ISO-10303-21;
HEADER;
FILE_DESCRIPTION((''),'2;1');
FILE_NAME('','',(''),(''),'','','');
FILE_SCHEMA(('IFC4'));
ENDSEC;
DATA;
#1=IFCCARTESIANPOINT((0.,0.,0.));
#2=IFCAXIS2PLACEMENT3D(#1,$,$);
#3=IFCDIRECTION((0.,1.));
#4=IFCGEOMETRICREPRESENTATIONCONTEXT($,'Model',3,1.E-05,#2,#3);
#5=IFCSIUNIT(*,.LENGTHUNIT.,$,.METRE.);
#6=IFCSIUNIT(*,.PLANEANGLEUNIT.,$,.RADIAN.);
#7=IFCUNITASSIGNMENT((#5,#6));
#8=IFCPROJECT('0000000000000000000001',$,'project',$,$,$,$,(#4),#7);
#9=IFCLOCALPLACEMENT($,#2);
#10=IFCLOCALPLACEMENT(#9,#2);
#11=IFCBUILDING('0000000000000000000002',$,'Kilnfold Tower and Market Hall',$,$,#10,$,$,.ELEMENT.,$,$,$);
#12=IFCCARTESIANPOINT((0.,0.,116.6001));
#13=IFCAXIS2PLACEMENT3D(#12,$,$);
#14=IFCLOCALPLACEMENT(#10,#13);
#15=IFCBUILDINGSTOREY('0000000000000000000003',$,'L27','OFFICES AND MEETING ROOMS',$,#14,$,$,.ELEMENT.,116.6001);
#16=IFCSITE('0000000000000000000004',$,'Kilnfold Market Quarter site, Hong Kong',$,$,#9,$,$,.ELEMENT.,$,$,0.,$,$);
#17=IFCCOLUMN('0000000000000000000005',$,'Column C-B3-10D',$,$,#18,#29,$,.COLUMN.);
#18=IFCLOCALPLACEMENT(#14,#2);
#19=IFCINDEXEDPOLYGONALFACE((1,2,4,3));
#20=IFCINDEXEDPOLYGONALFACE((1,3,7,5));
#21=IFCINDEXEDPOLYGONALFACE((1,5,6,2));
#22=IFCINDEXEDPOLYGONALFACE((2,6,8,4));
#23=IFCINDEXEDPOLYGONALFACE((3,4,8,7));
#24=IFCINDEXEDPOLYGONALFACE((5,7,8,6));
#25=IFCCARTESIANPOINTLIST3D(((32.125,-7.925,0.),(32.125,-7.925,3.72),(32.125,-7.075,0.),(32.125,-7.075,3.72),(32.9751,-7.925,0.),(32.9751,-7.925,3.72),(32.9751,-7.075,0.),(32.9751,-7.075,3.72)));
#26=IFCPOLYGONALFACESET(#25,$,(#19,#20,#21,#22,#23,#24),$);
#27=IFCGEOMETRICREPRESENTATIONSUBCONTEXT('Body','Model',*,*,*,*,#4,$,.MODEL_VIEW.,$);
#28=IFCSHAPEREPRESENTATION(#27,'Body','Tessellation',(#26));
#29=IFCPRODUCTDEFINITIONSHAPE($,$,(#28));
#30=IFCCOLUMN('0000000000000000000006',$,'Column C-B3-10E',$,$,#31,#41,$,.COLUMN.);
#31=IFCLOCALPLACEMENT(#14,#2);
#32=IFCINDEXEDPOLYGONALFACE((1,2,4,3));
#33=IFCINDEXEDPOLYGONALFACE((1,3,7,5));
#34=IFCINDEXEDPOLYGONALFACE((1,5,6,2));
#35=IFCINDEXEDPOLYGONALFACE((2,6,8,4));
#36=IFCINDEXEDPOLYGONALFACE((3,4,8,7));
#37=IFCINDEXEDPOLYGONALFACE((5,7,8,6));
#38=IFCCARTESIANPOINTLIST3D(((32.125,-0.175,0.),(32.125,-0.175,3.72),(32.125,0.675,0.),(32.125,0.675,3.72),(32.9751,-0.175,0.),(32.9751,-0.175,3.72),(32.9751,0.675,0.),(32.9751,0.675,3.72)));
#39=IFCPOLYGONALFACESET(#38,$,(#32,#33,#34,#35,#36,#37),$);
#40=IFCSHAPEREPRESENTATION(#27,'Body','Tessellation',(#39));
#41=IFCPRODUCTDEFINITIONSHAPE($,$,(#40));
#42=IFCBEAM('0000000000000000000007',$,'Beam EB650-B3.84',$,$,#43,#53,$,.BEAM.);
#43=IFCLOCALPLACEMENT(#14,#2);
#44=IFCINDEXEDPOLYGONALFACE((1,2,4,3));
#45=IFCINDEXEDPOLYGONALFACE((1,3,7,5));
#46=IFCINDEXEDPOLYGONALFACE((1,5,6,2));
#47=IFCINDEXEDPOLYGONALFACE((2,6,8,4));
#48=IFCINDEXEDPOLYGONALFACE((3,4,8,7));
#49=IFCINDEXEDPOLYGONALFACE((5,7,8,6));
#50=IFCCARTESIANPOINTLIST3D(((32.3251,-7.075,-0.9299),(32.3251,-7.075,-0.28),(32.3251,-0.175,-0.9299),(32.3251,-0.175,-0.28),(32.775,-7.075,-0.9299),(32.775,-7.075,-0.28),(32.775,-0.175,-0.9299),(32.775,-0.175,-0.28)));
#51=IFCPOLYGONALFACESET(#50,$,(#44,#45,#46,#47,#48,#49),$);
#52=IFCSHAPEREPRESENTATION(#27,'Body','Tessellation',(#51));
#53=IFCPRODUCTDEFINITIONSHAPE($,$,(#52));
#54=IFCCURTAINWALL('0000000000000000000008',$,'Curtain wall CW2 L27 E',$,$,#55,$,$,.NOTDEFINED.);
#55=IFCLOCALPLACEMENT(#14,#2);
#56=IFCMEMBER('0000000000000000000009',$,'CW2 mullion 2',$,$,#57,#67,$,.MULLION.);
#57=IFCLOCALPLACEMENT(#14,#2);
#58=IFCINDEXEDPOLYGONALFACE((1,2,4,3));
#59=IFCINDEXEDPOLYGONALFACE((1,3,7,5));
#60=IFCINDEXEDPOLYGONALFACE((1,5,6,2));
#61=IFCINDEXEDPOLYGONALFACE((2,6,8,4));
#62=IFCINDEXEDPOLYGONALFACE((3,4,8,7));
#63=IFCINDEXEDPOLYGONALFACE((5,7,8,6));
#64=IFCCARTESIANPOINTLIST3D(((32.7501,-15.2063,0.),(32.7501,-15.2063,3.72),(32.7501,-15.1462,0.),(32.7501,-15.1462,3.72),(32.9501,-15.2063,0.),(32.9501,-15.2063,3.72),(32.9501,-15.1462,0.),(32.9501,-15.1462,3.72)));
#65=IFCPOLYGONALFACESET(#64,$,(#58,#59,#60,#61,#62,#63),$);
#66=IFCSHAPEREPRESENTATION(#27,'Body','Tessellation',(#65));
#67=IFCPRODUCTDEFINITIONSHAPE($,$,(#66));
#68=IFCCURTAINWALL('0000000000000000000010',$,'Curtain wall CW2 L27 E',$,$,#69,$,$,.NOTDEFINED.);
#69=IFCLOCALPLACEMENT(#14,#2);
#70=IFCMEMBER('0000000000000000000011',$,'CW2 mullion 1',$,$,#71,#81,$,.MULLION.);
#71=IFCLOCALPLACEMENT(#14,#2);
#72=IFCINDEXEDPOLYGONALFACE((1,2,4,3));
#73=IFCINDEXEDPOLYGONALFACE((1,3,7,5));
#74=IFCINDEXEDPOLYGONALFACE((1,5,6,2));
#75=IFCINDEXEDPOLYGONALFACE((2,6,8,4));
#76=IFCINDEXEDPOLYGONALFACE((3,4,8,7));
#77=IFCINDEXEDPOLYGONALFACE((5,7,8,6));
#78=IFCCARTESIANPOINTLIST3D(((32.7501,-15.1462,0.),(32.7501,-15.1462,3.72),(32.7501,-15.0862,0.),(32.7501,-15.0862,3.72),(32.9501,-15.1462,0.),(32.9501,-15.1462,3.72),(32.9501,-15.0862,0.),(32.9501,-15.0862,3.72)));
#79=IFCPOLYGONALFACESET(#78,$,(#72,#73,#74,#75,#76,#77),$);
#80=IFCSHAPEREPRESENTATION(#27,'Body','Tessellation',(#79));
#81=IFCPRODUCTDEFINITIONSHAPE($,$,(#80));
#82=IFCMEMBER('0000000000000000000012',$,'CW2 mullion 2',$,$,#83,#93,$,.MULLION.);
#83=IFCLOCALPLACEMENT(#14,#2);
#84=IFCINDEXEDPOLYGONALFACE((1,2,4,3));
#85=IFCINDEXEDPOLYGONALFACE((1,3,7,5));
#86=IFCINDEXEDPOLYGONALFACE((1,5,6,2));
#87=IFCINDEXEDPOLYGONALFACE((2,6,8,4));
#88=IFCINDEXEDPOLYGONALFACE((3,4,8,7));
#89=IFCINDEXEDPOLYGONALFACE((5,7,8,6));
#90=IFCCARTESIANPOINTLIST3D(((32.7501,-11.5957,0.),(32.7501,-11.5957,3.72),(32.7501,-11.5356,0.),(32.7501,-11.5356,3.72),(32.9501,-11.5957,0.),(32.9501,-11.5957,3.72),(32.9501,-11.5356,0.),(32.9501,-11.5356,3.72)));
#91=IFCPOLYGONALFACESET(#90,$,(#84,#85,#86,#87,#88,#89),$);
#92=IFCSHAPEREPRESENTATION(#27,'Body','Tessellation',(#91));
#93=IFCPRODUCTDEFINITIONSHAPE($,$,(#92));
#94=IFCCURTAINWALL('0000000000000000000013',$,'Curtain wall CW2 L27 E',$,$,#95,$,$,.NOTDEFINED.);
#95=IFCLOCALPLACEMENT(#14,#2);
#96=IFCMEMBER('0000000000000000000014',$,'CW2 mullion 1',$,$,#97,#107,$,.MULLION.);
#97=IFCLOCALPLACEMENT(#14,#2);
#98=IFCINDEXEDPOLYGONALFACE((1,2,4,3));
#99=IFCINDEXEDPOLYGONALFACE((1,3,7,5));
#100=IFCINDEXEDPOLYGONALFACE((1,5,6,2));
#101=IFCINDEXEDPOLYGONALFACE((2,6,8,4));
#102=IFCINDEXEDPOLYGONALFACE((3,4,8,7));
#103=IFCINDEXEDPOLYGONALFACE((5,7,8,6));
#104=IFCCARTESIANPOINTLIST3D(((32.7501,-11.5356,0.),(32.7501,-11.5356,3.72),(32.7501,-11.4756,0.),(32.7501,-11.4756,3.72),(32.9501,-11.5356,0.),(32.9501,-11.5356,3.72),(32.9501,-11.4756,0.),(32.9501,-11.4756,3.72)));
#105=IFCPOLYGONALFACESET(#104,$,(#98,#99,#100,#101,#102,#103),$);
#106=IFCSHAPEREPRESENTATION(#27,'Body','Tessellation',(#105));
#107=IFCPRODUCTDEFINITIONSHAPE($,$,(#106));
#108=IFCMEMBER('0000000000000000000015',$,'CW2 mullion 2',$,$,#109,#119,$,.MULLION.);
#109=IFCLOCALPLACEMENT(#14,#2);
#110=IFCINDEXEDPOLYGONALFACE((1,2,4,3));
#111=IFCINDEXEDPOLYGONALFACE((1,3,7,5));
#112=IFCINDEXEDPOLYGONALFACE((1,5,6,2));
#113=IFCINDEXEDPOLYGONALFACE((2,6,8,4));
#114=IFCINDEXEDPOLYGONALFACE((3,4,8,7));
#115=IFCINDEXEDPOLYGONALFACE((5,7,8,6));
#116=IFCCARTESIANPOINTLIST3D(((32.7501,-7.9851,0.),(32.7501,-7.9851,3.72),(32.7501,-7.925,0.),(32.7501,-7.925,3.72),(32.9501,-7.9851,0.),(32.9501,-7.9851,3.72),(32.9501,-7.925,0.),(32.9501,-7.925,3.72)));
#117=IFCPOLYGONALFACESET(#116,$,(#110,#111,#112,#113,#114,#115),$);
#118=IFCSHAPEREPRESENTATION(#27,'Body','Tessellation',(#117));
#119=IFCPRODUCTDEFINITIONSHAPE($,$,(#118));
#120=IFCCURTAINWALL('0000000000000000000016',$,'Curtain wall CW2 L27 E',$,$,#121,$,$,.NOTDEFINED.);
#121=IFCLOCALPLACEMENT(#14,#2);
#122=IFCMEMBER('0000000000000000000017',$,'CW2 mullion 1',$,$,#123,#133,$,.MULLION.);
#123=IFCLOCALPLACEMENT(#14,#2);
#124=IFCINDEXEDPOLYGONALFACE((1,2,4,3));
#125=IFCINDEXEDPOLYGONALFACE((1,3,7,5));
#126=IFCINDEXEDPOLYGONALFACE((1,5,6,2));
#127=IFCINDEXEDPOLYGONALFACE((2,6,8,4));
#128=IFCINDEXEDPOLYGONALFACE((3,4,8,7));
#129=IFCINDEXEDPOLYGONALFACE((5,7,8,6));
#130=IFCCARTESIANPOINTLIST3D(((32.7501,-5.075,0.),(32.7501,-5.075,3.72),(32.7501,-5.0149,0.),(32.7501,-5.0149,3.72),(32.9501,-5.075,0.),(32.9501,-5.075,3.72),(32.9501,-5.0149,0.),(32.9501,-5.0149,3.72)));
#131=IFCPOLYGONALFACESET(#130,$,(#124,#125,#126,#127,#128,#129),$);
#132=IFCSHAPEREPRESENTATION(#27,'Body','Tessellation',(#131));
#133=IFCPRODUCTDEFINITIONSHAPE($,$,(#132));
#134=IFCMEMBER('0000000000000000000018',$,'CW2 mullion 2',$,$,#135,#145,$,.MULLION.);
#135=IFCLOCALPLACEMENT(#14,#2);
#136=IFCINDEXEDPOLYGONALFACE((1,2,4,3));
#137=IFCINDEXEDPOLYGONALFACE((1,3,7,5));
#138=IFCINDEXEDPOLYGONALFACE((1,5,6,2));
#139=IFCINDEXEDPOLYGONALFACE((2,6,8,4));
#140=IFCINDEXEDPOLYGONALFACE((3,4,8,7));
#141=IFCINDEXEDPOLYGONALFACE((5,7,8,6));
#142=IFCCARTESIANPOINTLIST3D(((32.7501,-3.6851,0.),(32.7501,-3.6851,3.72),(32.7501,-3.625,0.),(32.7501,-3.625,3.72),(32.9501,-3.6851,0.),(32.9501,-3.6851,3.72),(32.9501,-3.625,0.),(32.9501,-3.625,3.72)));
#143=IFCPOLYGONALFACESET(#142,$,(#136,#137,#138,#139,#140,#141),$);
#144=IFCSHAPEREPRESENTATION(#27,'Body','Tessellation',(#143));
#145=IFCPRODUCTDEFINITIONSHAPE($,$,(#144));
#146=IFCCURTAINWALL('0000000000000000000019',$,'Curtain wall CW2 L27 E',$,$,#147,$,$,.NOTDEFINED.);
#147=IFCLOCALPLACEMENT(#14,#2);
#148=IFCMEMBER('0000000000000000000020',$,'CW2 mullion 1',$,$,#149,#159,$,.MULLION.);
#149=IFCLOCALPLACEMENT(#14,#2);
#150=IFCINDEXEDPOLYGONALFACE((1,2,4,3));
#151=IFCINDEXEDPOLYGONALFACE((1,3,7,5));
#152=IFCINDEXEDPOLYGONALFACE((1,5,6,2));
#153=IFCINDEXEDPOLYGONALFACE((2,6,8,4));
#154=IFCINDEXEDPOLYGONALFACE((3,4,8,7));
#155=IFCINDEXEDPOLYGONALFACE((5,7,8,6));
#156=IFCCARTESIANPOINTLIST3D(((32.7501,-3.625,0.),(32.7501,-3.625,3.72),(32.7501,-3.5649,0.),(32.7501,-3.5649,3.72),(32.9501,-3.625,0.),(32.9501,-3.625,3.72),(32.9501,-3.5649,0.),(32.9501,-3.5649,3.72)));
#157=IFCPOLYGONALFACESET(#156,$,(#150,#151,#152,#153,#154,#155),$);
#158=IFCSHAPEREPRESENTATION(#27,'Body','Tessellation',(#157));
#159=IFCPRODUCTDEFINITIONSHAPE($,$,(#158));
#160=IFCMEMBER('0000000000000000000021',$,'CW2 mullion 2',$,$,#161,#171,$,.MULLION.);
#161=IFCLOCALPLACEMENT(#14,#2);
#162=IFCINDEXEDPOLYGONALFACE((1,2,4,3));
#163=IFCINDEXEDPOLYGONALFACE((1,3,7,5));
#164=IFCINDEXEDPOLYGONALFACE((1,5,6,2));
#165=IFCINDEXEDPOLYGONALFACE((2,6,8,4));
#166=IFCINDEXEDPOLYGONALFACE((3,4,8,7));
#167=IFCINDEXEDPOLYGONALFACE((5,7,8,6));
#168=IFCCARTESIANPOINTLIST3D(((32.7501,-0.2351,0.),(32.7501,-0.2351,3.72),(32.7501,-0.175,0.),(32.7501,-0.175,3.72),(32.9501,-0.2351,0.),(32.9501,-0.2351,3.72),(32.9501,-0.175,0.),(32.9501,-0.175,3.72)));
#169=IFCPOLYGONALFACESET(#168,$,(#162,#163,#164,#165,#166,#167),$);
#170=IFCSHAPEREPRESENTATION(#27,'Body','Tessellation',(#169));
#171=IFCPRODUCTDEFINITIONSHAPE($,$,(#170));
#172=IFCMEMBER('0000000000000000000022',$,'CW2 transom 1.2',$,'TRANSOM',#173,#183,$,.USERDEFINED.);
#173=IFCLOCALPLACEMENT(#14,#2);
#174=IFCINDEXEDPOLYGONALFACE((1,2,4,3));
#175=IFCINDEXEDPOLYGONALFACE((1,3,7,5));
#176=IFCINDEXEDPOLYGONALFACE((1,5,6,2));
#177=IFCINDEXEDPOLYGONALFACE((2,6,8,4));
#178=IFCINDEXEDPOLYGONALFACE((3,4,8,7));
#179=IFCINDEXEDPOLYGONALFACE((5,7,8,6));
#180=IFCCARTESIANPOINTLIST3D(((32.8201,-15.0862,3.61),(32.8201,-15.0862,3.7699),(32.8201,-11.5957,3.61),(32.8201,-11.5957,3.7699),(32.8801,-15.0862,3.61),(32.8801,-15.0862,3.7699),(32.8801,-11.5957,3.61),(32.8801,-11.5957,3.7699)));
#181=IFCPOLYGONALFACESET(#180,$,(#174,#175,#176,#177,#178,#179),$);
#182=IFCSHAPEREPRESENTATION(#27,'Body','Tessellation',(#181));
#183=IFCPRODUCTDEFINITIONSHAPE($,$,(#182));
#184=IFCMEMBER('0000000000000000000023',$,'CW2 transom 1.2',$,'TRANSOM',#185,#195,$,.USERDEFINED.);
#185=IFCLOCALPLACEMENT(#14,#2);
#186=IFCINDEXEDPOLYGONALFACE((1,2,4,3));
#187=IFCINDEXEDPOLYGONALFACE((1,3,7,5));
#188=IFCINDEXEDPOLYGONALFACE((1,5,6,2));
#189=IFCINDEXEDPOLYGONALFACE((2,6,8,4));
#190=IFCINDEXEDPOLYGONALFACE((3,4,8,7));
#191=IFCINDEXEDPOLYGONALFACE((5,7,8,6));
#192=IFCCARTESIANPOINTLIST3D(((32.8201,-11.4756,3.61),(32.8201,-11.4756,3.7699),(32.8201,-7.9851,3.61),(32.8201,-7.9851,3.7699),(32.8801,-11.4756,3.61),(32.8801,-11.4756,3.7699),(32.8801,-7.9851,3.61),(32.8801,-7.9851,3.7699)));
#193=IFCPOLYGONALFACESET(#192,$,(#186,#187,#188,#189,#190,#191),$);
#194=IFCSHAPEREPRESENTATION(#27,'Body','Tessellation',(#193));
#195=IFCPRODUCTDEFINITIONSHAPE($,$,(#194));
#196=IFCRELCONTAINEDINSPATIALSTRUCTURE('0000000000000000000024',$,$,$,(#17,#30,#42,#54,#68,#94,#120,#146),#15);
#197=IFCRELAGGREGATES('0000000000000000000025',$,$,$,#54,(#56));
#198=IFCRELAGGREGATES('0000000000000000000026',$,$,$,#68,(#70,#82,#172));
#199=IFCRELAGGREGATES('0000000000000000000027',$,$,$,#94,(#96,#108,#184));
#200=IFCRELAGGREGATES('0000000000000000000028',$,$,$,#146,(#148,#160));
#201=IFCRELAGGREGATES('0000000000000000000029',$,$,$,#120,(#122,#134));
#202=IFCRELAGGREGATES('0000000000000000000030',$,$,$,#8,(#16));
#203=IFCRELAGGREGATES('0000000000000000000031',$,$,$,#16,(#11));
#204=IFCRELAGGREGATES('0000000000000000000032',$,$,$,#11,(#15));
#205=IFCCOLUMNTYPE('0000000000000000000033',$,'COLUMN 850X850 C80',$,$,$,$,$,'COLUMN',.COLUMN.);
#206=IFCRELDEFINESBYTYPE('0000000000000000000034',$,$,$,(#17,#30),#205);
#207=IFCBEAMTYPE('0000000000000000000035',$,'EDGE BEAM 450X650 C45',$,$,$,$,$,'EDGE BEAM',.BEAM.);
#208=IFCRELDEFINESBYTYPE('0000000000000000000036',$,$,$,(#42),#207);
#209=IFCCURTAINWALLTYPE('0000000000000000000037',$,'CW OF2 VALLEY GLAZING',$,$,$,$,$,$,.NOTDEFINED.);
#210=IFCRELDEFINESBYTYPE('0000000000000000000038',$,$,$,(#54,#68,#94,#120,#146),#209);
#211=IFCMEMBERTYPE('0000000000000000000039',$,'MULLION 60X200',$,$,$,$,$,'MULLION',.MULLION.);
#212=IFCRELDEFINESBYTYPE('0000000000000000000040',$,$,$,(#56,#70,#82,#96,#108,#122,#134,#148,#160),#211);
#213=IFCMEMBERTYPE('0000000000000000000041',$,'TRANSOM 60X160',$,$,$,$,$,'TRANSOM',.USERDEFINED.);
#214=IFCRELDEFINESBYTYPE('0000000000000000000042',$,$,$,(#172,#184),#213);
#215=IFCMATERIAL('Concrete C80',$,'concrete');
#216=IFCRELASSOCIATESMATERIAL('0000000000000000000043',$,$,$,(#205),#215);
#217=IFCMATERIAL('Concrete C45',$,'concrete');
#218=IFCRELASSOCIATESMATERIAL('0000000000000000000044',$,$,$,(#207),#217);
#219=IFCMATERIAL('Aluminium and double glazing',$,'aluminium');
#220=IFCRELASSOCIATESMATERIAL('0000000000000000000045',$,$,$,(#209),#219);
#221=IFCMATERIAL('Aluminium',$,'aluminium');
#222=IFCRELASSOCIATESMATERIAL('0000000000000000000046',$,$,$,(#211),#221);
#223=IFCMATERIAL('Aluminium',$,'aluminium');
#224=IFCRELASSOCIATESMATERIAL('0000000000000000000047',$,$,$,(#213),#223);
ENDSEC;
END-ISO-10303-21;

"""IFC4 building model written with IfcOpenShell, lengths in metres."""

from ifc_helpers import new_model, si_unit, direction, frame, origin, origin_2d, place, context, subcontext, project, spatial, rectangle, extrude, source, transform, mapped, material, material_profile, profile_set, type_object, element, aggregate, save


model = new_model("IFC4")

# Units and contexts
model_context = context("Model", 3, precision=1e-05, world=origin(), true_north=direction((0.0, 1.0)))
body_context = subcontext(model_context, "Body", "Model", "MODEL_VIEW")
ifc_project = project(units=[si_unit("LENGTHUNIT", "METRE"), si_unit("PLANEANGLEUNIT", "RADIAN")], contexts=[model_context])

# Site, building, storey
site_placement = place(None, origin())
site = spatial("IfcSite", under=ifc_project, at=site_placement, Name="Kilnfold Market Quarter site, Hong Kong", CompositionType="ELEMENT", RefElevation=0.0)
building_placement = place(site_placement, origin())
building = spatial("IfcBuilding", under=site, at=building_placement, Name="Kilnfold Tower and Market Hall", CompositionType="ELEMENT")
storey_placement = place(building_placement, frame((0.0, 0.0, 116.6001)))
storey = spatial("IfcBuildingStorey", under=building, at=storey_placement, Name="L27", Description="OFFICES AND MEETING ROOMS", CompositionType="ELEMENT", Elevation=116.6001)

# Columns
ifc_material_1 = material(Name="Concrete C80", Category="concrete")
ifc_material_profile_1 = material_profile(ifc_material_1, rectangle(XDim=0.8501, YDim=0.8501, at=origin_2d()), Name="RC 850x850")
ifc_profile_set_1 = profile_set([ifc_material_profile_1], Name="Concrete C80")
column_type = type_object("IfcColumnType", Name="COLUMN 850X850 C80", ElementType="COLUMN", PredefinedType="COLUMN", material=ifc_profile_set_1)
shared_shape_1 = source(origin(), body_context, "Body", "SweptSolid", [
    extrude(rectangle(XDim=0.8501, YDim=0.8501, at=origin_2d()), origin(), (0.0, 0.0, 1.0), 3.72),
])
for number, where, z_axis, x_axis, name in (
    (1, (32.55, -7.5, 0.0), (0.0, 0.0, 1.0), (1.0, 0.0, 0.0), "Column C-B3-10D"),
    (2, (32.55, 0.25, 0.0), (0.0, 0.0, 1.0), (1.0, 0.0, 0.0), "Column C-B3-10E"),
):
    element("IfcColumn", number, at=place(storey_placement, frame(where, z_axis=z_axis, x_axis=x_axis)), inside=storey, type_object=column_type, Name=name, PredefinedType="COLUMN", context=body_context, shape_type="MappedRepresentation", body=[
        mapped(shared_shape_1, transform((0.0, 0.0, 0.0))),
    ])

# Beam
ifc_material_2 = material(Name="Concrete C45", Category="concrete")
ifc_material_profile_2 = material_profile(ifc_material_2, rectangle(XDim=0.45, YDim=0.6499, at=origin_2d()), Name="RC 450x650")
ifc_profile_set_2 = profile_set([ifc_material_profile_2], Name="Concrete C45")
beam_type = type_object("IfcBeamType", Name="EDGE BEAM 450X650 C45", ElementType="EDGE BEAM", PredefinedType="BEAM", material=ifc_profile_set_2)
shared_shape_2 = source(origin(), body_context, "Body", "SweptSolid", [
    extrude(rectangle(XDim=0.45, YDim=0.6499, at=origin_2d()), origin(), (0.0, 0.0, 1.0), 6.8999),
])
beam_placement = place(storey_placement, frame((32.55, -7.075, -0.605), z_axis=(0.0, 1.0, 0.0), x_axis=(-1.0, 0.0, 0.0)))
element("IfcBeam", 3, at=beam_placement, inside=storey, type_object=beam_type, Name="Beam EB650-B3.84", PredefinedType="BEAM", context=body_context, shape_type="MappedRepresentation", body=[
    mapped(shared_shape_2, transform((0.0, 0.0, 0.0))),
])

# Curtain wall, member
ifc_material_3 = material(Name="Aluminium and double glazing", Category="aluminium")
curtain_wall_type = type_object("IfcCurtainWallType", Name="CW OF2 VALLEY GLAZING", PredefinedType="NOTDEFINED", material=ifc_material_3)
curtain_wall_1_placement = place(storey_placement, origin())
curtain_wall_1 = element("IfcCurtainWall", 4, at=curtain_wall_1_placement, inside=storey, type_object=curtain_wall_type, Name="Curtain wall CW2 L27 E", PredefinedType="NOTDEFINED")
ifc_material_4 = material(Name="Aluminium", Category="aluminium")
ifc_material_profile_3 = material_profile(ifc_material_4, rectangle(XDim=0.0601, YDim=0.2, at=origin_2d()), Name="MULLION 60x200")
ifc_profile_set_3 = profile_set([ifc_material_profile_3], Name="Aluminium")
member_type_1 = type_object("IfcMemberType", Name="MULLION 60X200", ElementType="MULLION", PredefinedType="MULLION", material=ifc_profile_set_3)
shared_shape_3 = source(origin(), body_context, "Body", "SweptSolid", [
    extrude(rectangle(XDim=0.0601, YDim=0.2, at=origin_2d()), origin(), (0.0, 0.0, 1.0), 3.72),
])
member_1_placement = place(storey_placement, frame((32.8501, -15.1763, 0.0), z_axis=(0.0, 0.0, 1.0), x_axis=(0.0, 1.0, 0.0)))
member_1 = element("IfcMember", 5, at=member_1_placement, type_object=member_type_1, Name="CW2 mullion 2", PredefinedType="MULLION", context=body_context, shape_type="MappedRepresentation", body=[
    mapped(shared_shape_3, transform((0.0, 0.0, 0.0))),
])
aggregate(curtain_wall_1, [member_1])

# Curtain walls, members
curtain_wall_2_placement = place(storey_placement, origin())
curtain_wall_2 = element("IfcCurtainWall", 6, at=curtain_wall_2_placement, inside=storey, type_object=curtain_wall_type, Name="Curtain wall CW2 L27 E", PredefinedType="NOTDEFINED")
member_2_placement = place(storey_placement, frame((32.8501, -15.1162, 0.0), z_axis=(0.0, 0.0, 1.0), x_axis=(0.0, 1.0, 0.0)))
member_2 = element("IfcMember", 7, at=member_2_placement, type_object=member_type_1, Name="CW2 mullion 1", PredefinedType="MULLION", context=body_context, shape_type="MappedRepresentation", body=[
    mapped(shared_shape_3, transform((0.0, 0.0, 0.0))),
])
member_3_placement = place(storey_placement, frame((32.8501, -11.5657, 0.0), z_axis=(0.0, 0.0, 1.0), x_axis=(0.0, 1.0, 0.0)))
member_3 = element("IfcMember", 8, at=member_3_placement, type_object=member_type_1, Name="CW2 mullion 2", PredefinedType="MULLION", context=body_context, shape_type="MappedRepresentation", body=[
    mapped(shared_shape_3, transform((0.0, 0.0, 0.0))),
])
curtain_wall_3_placement = place(storey_placement, origin())
curtain_wall_3 = element("IfcCurtainWall", 9, at=curtain_wall_3_placement, inside=storey, type_object=curtain_wall_type, Name="Curtain wall CW2 L27 E", PredefinedType="NOTDEFINED")
member_4_placement = place(storey_placement, frame((32.8501, -11.5056, 0.0), z_axis=(0.0, 0.0, 1.0), x_axis=(0.0, 1.0, 0.0)))
member_4 = element("IfcMember", 10, at=member_4_placement, type_object=member_type_1, Name="CW2 mullion 1", PredefinedType="MULLION", context=body_context, shape_type="MappedRepresentation", body=[
    mapped(shared_shape_3, transform((0.0, 0.0, 0.0))),
])
member_5_placement = place(storey_placement, frame((32.8501, -7.9551, 0.0), z_axis=(0.0, 0.0, 1.0), x_axis=(0.0, 1.0, 0.0)))
member_5 = element("IfcMember", 11, at=member_5_placement, type_object=member_type_1, Name="CW2 mullion 2", PredefinedType="MULLION", context=body_context, shape_type="MappedRepresentation", body=[
    mapped(shared_shape_3, transform((0.0, 0.0, 0.0))),
])
curtain_wall_4_placement = place(storey_placement, origin())
curtain_wall_4 = element("IfcCurtainWall", 12, at=curtain_wall_4_placement, inside=storey, type_object=curtain_wall_type, Name="Curtain wall CW2 L27 E", PredefinedType="NOTDEFINED")
member_6_placement = place(storey_placement, frame((32.8501, -5.0449, 0.0), z_axis=(0.0, 0.0, 1.0), x_axis=(0.0, 1.0, 0.0)))
member_6 = element("IfcMember", 13, at=member_6_placement, type_object=member_type_1, Name="CW2 mullion 1", PredefinedType="MULLION", context=body_context, shape_type="MappedRepresentation", body=[
    mapped(shared_shape_3, transform((0.0, 0.0, 0.0))),
])
member_7_placement = place(storey_placement, frame((32.8501, -3.655, 0.0), z_axis=(0.0, 0.0, 1.0), x_axis=(0.0, 1.0, 0.0)))
member_7 = element("IfcMember", 14, at=member_7_placement, type_object=member_type_1, Name="CW2 mullion 2", PredefinedType="MULLION", context=body_context, shape_type="MappedRepresentation", body=[
    mapped(shared_shape_3, transform((0.0, 0.0, 0.0))),
])
curtain_wall_5_placement = place(storey_placement, origin())
curtain_wall_5 = element("IfcCurtainWall", 15, at=curtain_wall_5_placement, inside=storey, type_object=curtain_wall_type, Name="Curtain wall CW2 L27 E", PredefinedType="NOTDEFINED")
member_8_placement = place(storey_placement, frame((32.8501, -3.595, 0.0), z_axis=(0.0, 0.0, 1.0), x_axis=(0.0, 1.0, 0.0)))
member_8 = element("IfcMember", 16, at=member_8_placement, type_object=member_type_1, Name="CW2 mullion 1", PredefinedType="MULLION", context=body_context, shape_type="MappedRepresentation", body=[
    mapped(shared_shape_3, transform((0.0, 0.0, 0.0))),
])
member_9_placement = place(storey_placement, frame((32.8501, -0.2051, 0.0), z_axis=(0.0, 0.0, 1.0), x_axis=(0.0, 1.0, 0.0)))
member_9 = element("IfcMember", 17, at=member_9_placement, type_object=member_type_1, Name="CW2 mullion 2", PredefinedType="MULLION", context=body_context, shape_type="MappedRepresentation", body=[
    mapped(shared_shape_3, transform((0.0, 0.0, 0.0))),
])

# Members
ifc_material_5 = material(Name="Aluminium", Category="aluminium")
ifc_material_profile_4 = material_profile(ifc_material_5, rectangle(XDim=0.0601, YDim=0.1599, at=origin_2d()), Name="TRANSOM 60x160")
ifc_profile_set_4 = profile_set([ifc_material_profile_4], Name="Aluminium")
member_type_2 = type_object("IfcMemberType", Name="TRANSOM 60X160", ElementType="TRANSOM", PredefinedType="USERDEFINED", material=ifc_profile_set_4)
shared_shape_4 = source(origin(), body_context, "Body", "SweptSolid", [
    extrude(rectangle(XDim=0.0601, YDim=0.1599, at=origin_2d()), origin(), (0.0, 0.0, 1.0), 3.4905),
])
member_10_placement = place(storey_placement, frame((32.8501, -15.0862, 3.6899), z_axis=(0.0, 1.0, 0.0), x_axis=(-1.0, 0.0, 0.0)))
member_10 = element("IfcMember", 18, at=member_10_placement, type_object=member_type_2, Name="CW2 transom 1.2", ObjectType="TRANSOM", PredefinedType="USERDEFINED", context=body_context, shape_type="MappedRepresentation", body=[
    mapped(shared_shape_4, transform((0.0, 0.0, 0.0))),
])
member_11_placement = place(storey_placement, frame((32.8501, -11.4756, 3.6899), z_axis=(0.0, 1.0, 0.0), x_axis=(-1.0, 0.0, 0.0)))
member_11 = element("IfcMember", 19, at=member_11_placement, type_object=member_type_2, Name="CW2 transom 1.2", ObjectType="TRANSOM", PredefinedType="USERDEFINED", context=body_context, shape_type="MappedRepresentation", body=[
    mapped(shared_shape_4, transform((0.0, 0.0, 0.0))),
])

aggregate(curtain_wall_2, [member_2, member_3, member_10])
aggregate(curtain_wall_3, [member_4, member_5, member_11])
aggregate(curtain_wall_5, [member_8, member_9])
aggregate(curtain_wall_4, [member_6, member_7])

save(model, "model.ifc")
